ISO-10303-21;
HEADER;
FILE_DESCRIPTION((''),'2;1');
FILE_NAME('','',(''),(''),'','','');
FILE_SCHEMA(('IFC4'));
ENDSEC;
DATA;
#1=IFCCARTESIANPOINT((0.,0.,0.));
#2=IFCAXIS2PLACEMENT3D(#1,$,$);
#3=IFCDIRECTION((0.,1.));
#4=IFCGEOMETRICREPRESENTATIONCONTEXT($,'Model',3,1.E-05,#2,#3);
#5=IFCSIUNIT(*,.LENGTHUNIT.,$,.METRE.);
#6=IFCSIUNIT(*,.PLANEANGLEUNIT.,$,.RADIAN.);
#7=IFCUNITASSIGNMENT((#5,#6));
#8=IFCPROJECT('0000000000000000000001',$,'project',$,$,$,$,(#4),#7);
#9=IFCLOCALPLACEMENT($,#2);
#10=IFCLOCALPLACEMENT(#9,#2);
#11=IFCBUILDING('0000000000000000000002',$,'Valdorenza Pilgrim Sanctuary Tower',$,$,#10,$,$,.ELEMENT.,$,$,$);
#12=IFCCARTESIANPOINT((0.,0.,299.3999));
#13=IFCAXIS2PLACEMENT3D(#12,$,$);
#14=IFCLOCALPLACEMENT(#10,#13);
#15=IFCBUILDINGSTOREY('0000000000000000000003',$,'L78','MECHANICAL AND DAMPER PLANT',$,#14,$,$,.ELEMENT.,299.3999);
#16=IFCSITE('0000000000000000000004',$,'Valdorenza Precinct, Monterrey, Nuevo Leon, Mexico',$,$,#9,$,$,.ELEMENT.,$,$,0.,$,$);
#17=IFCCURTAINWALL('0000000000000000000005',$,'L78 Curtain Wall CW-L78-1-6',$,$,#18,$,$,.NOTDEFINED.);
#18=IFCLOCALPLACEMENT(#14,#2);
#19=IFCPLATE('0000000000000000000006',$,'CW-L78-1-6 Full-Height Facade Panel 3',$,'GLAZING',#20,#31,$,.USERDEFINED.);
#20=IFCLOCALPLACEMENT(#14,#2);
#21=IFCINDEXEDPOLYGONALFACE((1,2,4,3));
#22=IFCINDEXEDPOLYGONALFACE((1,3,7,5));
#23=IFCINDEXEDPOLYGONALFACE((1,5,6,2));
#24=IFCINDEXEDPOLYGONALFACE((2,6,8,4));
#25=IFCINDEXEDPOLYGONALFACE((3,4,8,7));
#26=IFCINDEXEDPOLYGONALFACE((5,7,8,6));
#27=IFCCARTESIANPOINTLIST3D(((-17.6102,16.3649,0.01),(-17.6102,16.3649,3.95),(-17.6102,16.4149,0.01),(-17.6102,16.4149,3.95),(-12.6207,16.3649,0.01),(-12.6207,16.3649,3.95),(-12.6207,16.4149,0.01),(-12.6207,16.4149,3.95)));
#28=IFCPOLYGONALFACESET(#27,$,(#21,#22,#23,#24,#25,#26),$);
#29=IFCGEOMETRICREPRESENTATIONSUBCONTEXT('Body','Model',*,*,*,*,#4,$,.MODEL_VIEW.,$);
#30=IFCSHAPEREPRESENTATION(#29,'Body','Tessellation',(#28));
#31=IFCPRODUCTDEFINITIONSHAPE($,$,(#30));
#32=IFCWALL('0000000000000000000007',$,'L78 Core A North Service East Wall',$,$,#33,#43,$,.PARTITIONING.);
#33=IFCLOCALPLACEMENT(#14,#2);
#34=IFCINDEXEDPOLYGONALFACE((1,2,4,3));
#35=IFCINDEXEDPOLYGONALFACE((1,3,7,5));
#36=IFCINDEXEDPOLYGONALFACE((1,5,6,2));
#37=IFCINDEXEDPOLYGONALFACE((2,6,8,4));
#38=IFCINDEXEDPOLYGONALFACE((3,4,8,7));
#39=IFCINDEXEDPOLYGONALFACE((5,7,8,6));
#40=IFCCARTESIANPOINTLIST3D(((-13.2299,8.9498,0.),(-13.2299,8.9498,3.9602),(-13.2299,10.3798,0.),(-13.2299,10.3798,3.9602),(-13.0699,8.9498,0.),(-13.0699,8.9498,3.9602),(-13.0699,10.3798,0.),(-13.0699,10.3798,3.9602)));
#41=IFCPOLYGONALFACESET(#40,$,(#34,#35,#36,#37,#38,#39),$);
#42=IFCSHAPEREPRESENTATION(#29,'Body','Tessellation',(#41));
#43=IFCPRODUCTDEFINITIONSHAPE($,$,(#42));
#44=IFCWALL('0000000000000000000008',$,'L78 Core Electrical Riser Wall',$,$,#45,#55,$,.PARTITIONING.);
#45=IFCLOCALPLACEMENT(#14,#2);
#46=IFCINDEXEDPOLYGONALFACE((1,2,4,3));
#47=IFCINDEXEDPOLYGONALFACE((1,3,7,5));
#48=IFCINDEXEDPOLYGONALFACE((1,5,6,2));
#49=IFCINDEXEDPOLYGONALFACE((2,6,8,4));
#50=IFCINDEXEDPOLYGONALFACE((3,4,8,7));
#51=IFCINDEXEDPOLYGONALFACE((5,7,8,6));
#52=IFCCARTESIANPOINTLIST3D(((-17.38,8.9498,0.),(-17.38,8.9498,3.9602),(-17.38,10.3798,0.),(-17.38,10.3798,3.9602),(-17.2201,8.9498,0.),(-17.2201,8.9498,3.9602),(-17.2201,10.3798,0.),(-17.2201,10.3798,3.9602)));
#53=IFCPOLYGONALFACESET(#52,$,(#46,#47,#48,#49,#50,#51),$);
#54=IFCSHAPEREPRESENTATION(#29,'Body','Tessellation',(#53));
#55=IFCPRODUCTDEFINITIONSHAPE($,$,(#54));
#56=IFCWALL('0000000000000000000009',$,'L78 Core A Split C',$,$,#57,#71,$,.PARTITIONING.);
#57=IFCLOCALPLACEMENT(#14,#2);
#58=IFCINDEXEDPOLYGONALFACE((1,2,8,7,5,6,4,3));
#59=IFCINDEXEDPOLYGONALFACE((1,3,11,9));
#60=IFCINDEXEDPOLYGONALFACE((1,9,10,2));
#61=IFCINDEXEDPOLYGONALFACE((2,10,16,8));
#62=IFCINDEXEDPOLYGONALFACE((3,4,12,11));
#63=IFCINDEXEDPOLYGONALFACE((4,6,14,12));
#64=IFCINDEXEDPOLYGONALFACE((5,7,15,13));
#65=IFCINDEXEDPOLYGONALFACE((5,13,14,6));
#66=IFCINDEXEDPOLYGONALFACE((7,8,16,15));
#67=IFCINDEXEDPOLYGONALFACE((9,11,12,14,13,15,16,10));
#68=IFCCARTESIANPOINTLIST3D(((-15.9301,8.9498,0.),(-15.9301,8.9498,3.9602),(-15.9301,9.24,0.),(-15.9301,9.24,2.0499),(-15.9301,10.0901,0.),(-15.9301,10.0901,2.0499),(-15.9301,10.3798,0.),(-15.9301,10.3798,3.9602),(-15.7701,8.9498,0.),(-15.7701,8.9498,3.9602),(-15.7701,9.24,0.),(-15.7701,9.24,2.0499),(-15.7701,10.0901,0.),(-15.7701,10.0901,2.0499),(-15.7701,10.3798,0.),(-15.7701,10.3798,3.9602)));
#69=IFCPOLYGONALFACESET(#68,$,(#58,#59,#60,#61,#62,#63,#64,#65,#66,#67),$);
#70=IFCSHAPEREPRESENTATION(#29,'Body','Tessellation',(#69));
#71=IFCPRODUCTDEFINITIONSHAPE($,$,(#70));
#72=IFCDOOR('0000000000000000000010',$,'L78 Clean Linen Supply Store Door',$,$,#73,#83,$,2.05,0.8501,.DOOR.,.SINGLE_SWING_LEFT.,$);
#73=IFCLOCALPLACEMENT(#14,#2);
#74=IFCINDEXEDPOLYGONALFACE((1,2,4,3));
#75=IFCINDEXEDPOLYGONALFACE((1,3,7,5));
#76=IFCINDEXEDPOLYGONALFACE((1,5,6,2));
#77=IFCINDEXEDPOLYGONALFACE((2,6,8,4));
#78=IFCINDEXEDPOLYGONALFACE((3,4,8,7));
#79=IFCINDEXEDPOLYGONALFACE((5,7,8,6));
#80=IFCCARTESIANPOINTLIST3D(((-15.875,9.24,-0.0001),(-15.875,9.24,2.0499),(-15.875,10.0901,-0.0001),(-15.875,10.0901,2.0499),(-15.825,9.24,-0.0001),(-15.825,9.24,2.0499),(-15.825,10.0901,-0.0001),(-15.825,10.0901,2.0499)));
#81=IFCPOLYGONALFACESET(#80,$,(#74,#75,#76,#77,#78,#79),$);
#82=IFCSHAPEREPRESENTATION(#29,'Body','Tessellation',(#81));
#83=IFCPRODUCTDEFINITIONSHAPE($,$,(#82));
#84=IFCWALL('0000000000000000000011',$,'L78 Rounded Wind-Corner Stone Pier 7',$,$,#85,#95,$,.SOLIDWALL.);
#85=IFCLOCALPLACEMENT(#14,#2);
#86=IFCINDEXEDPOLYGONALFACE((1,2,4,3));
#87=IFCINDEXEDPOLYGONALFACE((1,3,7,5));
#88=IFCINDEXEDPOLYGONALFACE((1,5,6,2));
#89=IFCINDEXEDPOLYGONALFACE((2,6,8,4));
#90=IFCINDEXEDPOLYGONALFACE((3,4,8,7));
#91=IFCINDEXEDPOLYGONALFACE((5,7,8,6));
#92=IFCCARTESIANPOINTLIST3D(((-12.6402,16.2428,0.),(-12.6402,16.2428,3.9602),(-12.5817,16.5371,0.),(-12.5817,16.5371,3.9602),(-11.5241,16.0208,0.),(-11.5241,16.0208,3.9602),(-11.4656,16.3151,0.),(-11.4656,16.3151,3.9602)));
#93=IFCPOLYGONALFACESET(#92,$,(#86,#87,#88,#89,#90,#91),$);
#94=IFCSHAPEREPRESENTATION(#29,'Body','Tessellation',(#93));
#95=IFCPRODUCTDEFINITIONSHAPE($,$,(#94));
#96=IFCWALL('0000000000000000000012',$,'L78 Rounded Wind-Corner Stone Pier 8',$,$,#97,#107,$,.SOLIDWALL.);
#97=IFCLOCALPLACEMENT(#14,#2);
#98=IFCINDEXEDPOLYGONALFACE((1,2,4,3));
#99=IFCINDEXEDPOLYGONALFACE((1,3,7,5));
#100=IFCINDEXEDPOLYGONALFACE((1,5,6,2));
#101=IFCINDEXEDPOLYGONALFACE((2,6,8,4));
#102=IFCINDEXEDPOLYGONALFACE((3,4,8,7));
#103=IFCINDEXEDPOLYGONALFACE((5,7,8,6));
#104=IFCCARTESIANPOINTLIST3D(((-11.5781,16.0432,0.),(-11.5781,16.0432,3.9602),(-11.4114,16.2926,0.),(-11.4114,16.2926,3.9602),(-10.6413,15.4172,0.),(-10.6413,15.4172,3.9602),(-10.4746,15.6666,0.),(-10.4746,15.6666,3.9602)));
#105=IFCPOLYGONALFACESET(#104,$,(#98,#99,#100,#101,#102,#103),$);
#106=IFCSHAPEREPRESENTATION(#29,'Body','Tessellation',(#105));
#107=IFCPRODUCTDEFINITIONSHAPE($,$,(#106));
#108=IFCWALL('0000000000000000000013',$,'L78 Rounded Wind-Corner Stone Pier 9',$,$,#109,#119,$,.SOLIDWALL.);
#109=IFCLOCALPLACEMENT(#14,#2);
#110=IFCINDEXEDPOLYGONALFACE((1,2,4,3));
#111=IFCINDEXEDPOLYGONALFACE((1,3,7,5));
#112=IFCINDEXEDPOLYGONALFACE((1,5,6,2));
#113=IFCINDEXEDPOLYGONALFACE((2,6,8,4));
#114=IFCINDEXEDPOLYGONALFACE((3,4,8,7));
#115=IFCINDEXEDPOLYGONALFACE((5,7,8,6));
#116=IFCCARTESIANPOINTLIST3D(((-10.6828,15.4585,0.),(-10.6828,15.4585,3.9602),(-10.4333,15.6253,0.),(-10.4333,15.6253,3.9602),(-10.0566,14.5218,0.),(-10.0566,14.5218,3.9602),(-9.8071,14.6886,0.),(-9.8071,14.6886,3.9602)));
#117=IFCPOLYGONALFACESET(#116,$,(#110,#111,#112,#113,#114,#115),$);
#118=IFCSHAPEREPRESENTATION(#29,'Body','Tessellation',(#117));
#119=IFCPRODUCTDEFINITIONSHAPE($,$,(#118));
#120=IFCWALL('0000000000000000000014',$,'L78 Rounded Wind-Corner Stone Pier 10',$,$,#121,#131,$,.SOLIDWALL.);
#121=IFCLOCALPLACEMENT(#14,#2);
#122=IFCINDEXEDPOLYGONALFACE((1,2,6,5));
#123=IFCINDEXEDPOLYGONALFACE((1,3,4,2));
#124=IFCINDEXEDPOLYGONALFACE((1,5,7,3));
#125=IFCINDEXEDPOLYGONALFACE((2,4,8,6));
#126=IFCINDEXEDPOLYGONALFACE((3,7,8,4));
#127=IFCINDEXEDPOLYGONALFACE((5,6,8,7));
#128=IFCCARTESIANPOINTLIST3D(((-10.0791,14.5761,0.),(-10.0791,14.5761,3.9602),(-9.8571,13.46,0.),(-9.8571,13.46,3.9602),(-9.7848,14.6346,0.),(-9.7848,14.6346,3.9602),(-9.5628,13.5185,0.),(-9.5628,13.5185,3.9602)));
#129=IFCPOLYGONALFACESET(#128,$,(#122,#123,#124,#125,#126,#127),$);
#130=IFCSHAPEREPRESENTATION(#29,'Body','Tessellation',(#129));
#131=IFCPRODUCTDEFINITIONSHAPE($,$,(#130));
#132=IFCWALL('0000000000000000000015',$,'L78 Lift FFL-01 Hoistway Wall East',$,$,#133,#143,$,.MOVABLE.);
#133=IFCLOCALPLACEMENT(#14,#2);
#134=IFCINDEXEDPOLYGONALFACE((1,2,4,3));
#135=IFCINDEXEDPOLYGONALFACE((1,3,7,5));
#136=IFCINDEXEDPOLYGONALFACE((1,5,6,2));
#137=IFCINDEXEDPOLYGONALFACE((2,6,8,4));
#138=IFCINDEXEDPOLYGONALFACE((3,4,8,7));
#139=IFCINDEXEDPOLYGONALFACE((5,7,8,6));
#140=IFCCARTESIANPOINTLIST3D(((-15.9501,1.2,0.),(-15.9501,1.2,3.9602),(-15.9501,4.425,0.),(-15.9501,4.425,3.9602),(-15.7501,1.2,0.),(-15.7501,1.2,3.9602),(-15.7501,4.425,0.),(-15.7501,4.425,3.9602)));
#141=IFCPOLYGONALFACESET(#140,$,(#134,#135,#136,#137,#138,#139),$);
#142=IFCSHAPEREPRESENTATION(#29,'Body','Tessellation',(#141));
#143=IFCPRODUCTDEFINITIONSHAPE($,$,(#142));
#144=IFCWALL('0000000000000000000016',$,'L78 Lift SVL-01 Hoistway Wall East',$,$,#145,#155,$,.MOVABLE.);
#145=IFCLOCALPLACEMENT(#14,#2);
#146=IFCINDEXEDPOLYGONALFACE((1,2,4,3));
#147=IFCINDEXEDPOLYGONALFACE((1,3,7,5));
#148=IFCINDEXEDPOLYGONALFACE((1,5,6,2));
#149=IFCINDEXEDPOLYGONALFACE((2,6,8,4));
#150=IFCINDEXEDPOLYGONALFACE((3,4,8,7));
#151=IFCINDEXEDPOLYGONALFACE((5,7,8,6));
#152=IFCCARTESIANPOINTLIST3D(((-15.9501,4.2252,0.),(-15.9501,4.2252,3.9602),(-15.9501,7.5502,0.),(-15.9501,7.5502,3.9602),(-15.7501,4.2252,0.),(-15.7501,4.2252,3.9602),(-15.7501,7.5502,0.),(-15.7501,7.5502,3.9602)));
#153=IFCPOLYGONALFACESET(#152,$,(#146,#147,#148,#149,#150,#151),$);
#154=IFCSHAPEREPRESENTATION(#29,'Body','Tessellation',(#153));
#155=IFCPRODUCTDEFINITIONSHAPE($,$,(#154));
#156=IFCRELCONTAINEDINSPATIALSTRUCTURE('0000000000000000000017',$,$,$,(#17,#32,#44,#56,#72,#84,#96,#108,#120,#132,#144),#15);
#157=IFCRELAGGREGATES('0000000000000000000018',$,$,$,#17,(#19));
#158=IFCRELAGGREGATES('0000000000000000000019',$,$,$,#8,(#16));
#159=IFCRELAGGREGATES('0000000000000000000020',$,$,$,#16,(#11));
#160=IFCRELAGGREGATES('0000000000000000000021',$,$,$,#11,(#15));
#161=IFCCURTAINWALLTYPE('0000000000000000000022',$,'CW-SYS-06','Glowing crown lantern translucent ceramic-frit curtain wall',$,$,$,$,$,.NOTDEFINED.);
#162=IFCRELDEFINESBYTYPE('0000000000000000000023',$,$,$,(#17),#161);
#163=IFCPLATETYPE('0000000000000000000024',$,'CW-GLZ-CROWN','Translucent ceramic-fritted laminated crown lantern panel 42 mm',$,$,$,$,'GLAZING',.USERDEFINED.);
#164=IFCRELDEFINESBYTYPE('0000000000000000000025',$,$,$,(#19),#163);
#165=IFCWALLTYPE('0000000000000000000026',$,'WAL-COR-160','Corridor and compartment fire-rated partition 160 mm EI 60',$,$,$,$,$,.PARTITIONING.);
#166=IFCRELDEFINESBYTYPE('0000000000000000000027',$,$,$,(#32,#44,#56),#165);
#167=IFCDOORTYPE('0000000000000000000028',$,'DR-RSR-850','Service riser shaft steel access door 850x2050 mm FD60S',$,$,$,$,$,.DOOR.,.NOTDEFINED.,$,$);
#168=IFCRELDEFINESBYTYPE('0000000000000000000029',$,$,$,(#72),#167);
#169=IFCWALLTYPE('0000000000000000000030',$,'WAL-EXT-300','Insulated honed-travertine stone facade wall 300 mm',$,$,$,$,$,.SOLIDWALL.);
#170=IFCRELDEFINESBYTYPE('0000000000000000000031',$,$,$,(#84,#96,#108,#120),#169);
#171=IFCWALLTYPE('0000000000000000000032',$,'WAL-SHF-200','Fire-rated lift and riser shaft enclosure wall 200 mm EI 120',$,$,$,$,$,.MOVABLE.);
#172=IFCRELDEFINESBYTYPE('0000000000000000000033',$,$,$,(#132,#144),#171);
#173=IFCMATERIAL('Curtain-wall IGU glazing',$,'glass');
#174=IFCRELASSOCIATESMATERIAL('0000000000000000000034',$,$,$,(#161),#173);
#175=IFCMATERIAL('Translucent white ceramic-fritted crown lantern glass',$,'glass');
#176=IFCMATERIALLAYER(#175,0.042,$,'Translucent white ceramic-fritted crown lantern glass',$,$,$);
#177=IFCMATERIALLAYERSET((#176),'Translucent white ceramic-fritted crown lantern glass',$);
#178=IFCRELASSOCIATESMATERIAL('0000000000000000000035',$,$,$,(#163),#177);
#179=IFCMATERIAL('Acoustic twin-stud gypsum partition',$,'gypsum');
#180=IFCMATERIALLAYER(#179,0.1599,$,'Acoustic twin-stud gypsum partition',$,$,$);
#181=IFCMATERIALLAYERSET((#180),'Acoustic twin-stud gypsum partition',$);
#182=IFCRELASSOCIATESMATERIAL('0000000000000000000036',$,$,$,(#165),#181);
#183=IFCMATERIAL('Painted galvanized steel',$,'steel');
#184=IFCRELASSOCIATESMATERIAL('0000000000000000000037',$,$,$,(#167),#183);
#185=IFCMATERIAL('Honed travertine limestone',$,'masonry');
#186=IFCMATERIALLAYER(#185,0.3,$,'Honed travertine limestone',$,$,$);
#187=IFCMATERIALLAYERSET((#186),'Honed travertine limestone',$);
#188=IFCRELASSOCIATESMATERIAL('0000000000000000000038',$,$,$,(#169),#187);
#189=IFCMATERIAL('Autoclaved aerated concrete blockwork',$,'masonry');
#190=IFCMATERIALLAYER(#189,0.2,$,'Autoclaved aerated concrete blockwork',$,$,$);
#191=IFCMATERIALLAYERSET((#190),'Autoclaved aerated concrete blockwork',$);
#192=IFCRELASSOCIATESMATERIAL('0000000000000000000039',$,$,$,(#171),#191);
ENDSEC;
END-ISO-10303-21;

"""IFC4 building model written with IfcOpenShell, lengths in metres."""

from ifc_helpers import new_model, si_unit, direction, frame, frame_2d, origin, origin_2d, place, context, subcontext, project, spatial, rectangle, extrude, source, transform, mapped, material, layer, layer_set, type_object, element, fill, aggregate, save


model = new_model("IFC4")

# Units and contexts
model_context = context("Model", 3, precision=1e-05, world=origin(), true_north=direction((0.0, 1.0)))
body_context = subcontext(model_context, "Body", "Model", "MODEL_VIEW")
ifc_project = project(units=[si_unit("LENGTHUNIT", "METRE"), si_unit("PLANEANGLEUNIT", "RADIAN")], contexts=[model_context])

# Site, building, storey
site_placement = place(None, origin())
site = spatial("IfcSite", under=ifc_project, at=site_placement, Name="Valdorenza Precinct, Monterrey, Nuevo Leon, Mexico", CompositionType="ELEMENT", RefElevation=0.0)
building_placement = place(site_placement, origin())
building = spatial("IfcBuilding", under=site, at=building_placement, Name="Valdorenza Pilgrim Sanctuary Tower", CompositionType="ELEMENT")
storey_placement = place(building_placement, frame((0.0, 0.0, 299.3999)))
storey = spatial("IfcBuildingStorey", under=building, at=storey_placement, Name="L78", Description="MECHANICAL AND DAMPER PLANT", CompositionType="ELEMENT", Elevation=299.3999)

# Curtain wall
ifc_material_1 = material(Name="Curtain-wall IGU glazing", Category="glass")
curtain_wall_type = type_object("IfcCurtainWallType", Name="CW-SYS-06", Description="Glowing crown lantern translucent ceramic-frit curtain wall", PredefinedType="NOTDEFINED", material=ifc_material_1)
curtain_wall_1_placement = place(storey_placement, origin())
curtain_wall_1 = element("IfcCurtainWall", 1, at=curtain_wall_1_placement, inside=storey, type_object=curtain_wall_type, Name="L78 Curtain Wall CW-L78-1-6", PredefinedType="NOTDEFINED")

# Plate
ifc_material_2 = material(Name="Translucent white ceramic-fritted crown lantern glass", Category="glass")
ifc_layer_1 = layer(ifc_material_2, 0.042, Name="Translucent white ceramic-fritted crown lantern glass")
ifc_layer_set_1 = layer_set([ifc_layer_1], Name="Translucent white ceramic-fritted crown lantern glass")
plate_type = type_object("IfcPlateType", Name="CW-GLZ-CROWN", Description="Translucent ceramic-fritted laminated crown lantern panel 42 mm", ElementType="GLAZING", PredefinedType="USERDEFINED", material=ifc_layer_set_1)
shared_shape_1 = source(origin(), body_context, "Body", "SweptSolid", [
    extrude(rectangle(XDim=4.9895, YDim=0.05, at=origin_2d()), origin(), (0.0, 0.0, 1.0), 3.9399),
])
plate_1_placement = place(storey_placement, frame((-15.1155, 16.3899, 0.01), z_axis=(0.0, 0.0, 1.0), x_axis=(1.0, 0.0, 0.0)))
plate_1 = element("IfcPlate", 2, at=plate_1_placement, type_object=plate_type, Name="CW-L78-1-6 Full-Height Facade Panel 3", ObjectType="GLAZING", PredefinedType="USERDEFINED", context=body_context, shape_type="MappedRepresentation", body=[
    mapped(shared_shape_1, transform((0.0, 0.0, 0.0), x_axis=(1.0, 0.0, 0.0), y_axis=(0.0, 1.0, 0.0), z_axis=(0.0, 0.0, 1.0), scale=1.0)),
])
aggregate(curtain_wall_1, [plate_1])

# Walls
ifc_material_3 = material(Name="Acoustic twin-stud gypsum partition", Category="gypsum")
ifc_layer_2 = layer(ifc_material_3, 0.1599, Name="Acoustic twin-stud gypsum partition")
ifc_layer_set_2 = layer_set([ifc_layer_2], Name="Acoustic twin-stud gypsum partition")
wall_type_1 = type_object("IfcWallType", Name="WAL-COR-160", Description="Corridor and compartment fire-rated partition 160 mm EI 60", PredefinedType="PARTITIONING", material=ifc_layer_set_2)
for number, where, z_axis, x_axis, name in (
    (3, (-13.1499, 8.95, 0.0), (0.0, 0.0, 1.0), (0.0, 1.0, 0.0), "L78 Core A North Service East Wall"),
    (4, (-17.3, 8.95, 0.0), (0.0, 0.0, 1.0), (0.0, 1.0, 0.0), "L78 Core Electrical Riser Wall"),
):
    element("IfcWall", number, at=place(storey_placement, frame(where, z_axis=z_axis, x_axis=x_axis)), inside=storey, type_object=wall_type_1, Name=name, PredefinedType="PARTITIONING", context=body_context, shape_type="SweptSolid", body=[
        extrude(rectangle(XDim=1.4299, YDim=0.1599, at=frame_2d((0.7148, 0.0))), origin(), (0.0, 0.0, 1.0), 3.9602),
    ])

# Wall, opening, door
wall_1_placement = place(storey_placement, frame((-15.8501, 8.95, 0.0), z_axis=(0.0, 0.0, 1.0), x_axis=(0.0, 1.0, 0.0)))
wall_1 = element("IfcWall", 5, at=wall_1_placement, inside=storey, type_object=wall_type_1, Name="L78 Core A Split C", PredefinedType="PARTITIONING", context=body_context, shape_type="SweptSolid", body=[
    extrude(rectangle(XDim=1.4299, YDim=0.1599, at=frame_2d((0.7148, 0.0))), origin(), (0.0, 0.0, 1.0), 3.9602),
])
opening_placement = place(wall_1_placement, frame((0.29, 0.0, 0.0)))
opening = element("IfcOpeningElement", 6, at=opening_placement, cuts=wall_1, PredefinedType="OPENING", context=body_context, shape_type="SweptSolid", body=[
    extrude(rectangle(XDim=0.8501, YDim=2.05, at=frame_2d((0.425, 1.0249))), frame((0.0, 0.0947, 0.0), z_axis=(0.0, -1.0, 0.0), x_axis=(1.0, 0.0, 0.0)), (0.0, 0.0, 1.0), 0.1897),
])
ifc_material_4 = material(Name="Painted galvanized steel", Category="steel")
door_type = type_object("IfcDoorType", Name="DR-RSR-850", Description="Service riser shaft steel access door 850x2050 mm FD60S", OperationType="NOTDEFINED", PredefinedType="DOOR", material=ifc_material_4)
door_placement = place(opening_placement, origin())
door = element("IfcDoor", 7, at=door_placement, inside=storey, type_object=door_type, Name="L78 Clean Linen Supply Store Door", OperationType="SINGLE_SWING_LEFT", OverallHeight=2.05, OverallWidth=0.8501, PredefinedType="DOOR", context=body_context, shape_type="SweptSolid", body=[
    extrude(rectangle(XDim=0.8501, YDim=2.05, at=frame_2d((0.425, 1.0249))), frame((0.0, 0.0249, 0.0), z_axis=(0.0, -1.0, 0.0), x_axis=(1.0, 0.0, 0.0)), (0.0, 0.0, 1.0), 0.05),
])
fill(opening, door)

# Walls
ifc_material_5 = material(Name="Honed travertine limestone", Category="masonry")
ifc_layer_3 = layer(ifc_material_5, 0.3, Name="Honed travertine limestone")
ifc_layer_set_3 = layer_set([ifc_layer_3], Name="Honed travertine limestone")
wall_type_2 = type_object("IfcWallType", Name="WAL-EXT-300", Description="Insulated honed-travertine stone facade wall 300 mm", PredefinedType="SOLIDWALL", material=ifc_layer_set_3)
wall_2_placement = place(storey_placement, frame((-12.6108, 16.3899, 0.0), z_axis=(0.0, 0.0, 1.0), x_axis=(0.980795, -0.195043, 0.0)))
element("IfcWall", 8, at=wall_2_placement, inside=storey, type_object=wall_type_2, Name="L78 Rounded Wind-Corner Stone Pier 7", PredefinedType="SOLIDWALL", context=body_context, shape_type="SweptSolid", body=[
    extrude(rectangle(XDim=1.1379, YDim=0.3, at=frame_2d((0.5688, 0.0))), origin(), (0.0, 0.0, 1.0), 3.9602),
])
for number, where, z_axis, x_axis, name in (
    (9, (-11.4949, 16.168, 0.0), (0.0, 0.0, 1.0), (0.83145, -0.5556, 0.0), "L78 Rounded Wind-Corner Stone Pier 8"),
    (10, (-10.5581, 15.542, 0.0), (0.0, 0.0, 1.0), (0.55575, -0.83135, 0.0), "L78 Rounded Wind-Corner Stone Pier 9"),
):
    element("IfcWall", number, at=place(storey_placement, frame(where, z_axis=z_axis, x_axis=x_axis)), inside=storey, type_object=wall_type_2, Name=name, PredefinedType="SOLIDWALL", context=body_context, shape_type="SweptSolid", body=[
        extrude(rectangle(XDim=1.1267, YDim=0.3, at=frame_2d((0.5635, 0.0))), origin(), (0.0, 0.0, 1.0), 3.9602),
    ])
wall_3_placement = place(storey_placement, frame((-9.9319, 14.6052, 0.0), z_axis=(0.0, 0.0, 1.0), x_axis=(0.195043, -0.980795, 0.0)))
element("IfcWall", 11, at=wall_3_placement, inside=storey, type_object=wall_type_2, Name="L78 Rounded Wind-Corner Stone Pier 10", PredefinedType="SOLIDWALL", context=body_context, shape_type="SweptSolid", body=[
    extrude(rectangle(XDim=1.1379, YDim=0.3, at=frame_2d((0.5688, 0.0))), origin(), (0.0, 0.0, 1.0), 3.9602),
])
ifc_material_6 = material(Name="Autoclaved aerated concrete blockwork", Category="masonry")
ifc_layer_4 = layer(ifc_material_6, 0.2, Name="Autoclaved aerated concrete blockwork")
ifc_layer_set_4 = layer_set([ifc_layer_4], Name="Autoclaved aerated concrete blockwork")
wall_type_3 = type_object("IfcWallType", Name="WAL-SHF-200", Description="Fire-rated lift and riser shaft enclosure wall 200 mm EI 120", PredefinedType="MOVABLE", material=ifc_layer_set_4)
wall_4_placement = place(storey_placement, frame((-15.8501, 1.2, 0.0), z_axis=(0.0, 0.0, 1.0), x_axis=(0.0, 1.0, 0.0)))
element("IfcWall", 12, at=wall_4_placement, inside=storey, type_object=wall_type_3, Name="L78 Lift FFL-01 Hoistway Wall East", PredefinedType="MOVABLE", context=body_context, shape_type="SweptSolid", body=[
    extrude(rectangle(XDim=3.2251, YDim=0.2, at=frame_2d((1.6125, 0.0))), origin(), (0.0, 0.0, 1.0), 3.9602),
])
wall_5_placement = place(storey_placement, frame((-15.8501, 4.2251, 0.0), z_axis=(0.0, 0.0, 1.0), x_axis=(0.0, 1.0, 0.0)))
element("IfcWall", 13, at=wall_5_placement, inside=storey, type_object=wall_type_3, Name="L78 Lift SVL-01 Hoistway Wall East", PredefinedType="MOVABLE", context=body_context, shape_type="SweptSolid", body=[
    extrude(rectangle(XDim=3.325, YDim=0.2, at=frame_2d((1.6626, 0.0))), origin(), (0.0, 0.0, 1.0), 3.9602),
])

save(model, "model.ifc")
